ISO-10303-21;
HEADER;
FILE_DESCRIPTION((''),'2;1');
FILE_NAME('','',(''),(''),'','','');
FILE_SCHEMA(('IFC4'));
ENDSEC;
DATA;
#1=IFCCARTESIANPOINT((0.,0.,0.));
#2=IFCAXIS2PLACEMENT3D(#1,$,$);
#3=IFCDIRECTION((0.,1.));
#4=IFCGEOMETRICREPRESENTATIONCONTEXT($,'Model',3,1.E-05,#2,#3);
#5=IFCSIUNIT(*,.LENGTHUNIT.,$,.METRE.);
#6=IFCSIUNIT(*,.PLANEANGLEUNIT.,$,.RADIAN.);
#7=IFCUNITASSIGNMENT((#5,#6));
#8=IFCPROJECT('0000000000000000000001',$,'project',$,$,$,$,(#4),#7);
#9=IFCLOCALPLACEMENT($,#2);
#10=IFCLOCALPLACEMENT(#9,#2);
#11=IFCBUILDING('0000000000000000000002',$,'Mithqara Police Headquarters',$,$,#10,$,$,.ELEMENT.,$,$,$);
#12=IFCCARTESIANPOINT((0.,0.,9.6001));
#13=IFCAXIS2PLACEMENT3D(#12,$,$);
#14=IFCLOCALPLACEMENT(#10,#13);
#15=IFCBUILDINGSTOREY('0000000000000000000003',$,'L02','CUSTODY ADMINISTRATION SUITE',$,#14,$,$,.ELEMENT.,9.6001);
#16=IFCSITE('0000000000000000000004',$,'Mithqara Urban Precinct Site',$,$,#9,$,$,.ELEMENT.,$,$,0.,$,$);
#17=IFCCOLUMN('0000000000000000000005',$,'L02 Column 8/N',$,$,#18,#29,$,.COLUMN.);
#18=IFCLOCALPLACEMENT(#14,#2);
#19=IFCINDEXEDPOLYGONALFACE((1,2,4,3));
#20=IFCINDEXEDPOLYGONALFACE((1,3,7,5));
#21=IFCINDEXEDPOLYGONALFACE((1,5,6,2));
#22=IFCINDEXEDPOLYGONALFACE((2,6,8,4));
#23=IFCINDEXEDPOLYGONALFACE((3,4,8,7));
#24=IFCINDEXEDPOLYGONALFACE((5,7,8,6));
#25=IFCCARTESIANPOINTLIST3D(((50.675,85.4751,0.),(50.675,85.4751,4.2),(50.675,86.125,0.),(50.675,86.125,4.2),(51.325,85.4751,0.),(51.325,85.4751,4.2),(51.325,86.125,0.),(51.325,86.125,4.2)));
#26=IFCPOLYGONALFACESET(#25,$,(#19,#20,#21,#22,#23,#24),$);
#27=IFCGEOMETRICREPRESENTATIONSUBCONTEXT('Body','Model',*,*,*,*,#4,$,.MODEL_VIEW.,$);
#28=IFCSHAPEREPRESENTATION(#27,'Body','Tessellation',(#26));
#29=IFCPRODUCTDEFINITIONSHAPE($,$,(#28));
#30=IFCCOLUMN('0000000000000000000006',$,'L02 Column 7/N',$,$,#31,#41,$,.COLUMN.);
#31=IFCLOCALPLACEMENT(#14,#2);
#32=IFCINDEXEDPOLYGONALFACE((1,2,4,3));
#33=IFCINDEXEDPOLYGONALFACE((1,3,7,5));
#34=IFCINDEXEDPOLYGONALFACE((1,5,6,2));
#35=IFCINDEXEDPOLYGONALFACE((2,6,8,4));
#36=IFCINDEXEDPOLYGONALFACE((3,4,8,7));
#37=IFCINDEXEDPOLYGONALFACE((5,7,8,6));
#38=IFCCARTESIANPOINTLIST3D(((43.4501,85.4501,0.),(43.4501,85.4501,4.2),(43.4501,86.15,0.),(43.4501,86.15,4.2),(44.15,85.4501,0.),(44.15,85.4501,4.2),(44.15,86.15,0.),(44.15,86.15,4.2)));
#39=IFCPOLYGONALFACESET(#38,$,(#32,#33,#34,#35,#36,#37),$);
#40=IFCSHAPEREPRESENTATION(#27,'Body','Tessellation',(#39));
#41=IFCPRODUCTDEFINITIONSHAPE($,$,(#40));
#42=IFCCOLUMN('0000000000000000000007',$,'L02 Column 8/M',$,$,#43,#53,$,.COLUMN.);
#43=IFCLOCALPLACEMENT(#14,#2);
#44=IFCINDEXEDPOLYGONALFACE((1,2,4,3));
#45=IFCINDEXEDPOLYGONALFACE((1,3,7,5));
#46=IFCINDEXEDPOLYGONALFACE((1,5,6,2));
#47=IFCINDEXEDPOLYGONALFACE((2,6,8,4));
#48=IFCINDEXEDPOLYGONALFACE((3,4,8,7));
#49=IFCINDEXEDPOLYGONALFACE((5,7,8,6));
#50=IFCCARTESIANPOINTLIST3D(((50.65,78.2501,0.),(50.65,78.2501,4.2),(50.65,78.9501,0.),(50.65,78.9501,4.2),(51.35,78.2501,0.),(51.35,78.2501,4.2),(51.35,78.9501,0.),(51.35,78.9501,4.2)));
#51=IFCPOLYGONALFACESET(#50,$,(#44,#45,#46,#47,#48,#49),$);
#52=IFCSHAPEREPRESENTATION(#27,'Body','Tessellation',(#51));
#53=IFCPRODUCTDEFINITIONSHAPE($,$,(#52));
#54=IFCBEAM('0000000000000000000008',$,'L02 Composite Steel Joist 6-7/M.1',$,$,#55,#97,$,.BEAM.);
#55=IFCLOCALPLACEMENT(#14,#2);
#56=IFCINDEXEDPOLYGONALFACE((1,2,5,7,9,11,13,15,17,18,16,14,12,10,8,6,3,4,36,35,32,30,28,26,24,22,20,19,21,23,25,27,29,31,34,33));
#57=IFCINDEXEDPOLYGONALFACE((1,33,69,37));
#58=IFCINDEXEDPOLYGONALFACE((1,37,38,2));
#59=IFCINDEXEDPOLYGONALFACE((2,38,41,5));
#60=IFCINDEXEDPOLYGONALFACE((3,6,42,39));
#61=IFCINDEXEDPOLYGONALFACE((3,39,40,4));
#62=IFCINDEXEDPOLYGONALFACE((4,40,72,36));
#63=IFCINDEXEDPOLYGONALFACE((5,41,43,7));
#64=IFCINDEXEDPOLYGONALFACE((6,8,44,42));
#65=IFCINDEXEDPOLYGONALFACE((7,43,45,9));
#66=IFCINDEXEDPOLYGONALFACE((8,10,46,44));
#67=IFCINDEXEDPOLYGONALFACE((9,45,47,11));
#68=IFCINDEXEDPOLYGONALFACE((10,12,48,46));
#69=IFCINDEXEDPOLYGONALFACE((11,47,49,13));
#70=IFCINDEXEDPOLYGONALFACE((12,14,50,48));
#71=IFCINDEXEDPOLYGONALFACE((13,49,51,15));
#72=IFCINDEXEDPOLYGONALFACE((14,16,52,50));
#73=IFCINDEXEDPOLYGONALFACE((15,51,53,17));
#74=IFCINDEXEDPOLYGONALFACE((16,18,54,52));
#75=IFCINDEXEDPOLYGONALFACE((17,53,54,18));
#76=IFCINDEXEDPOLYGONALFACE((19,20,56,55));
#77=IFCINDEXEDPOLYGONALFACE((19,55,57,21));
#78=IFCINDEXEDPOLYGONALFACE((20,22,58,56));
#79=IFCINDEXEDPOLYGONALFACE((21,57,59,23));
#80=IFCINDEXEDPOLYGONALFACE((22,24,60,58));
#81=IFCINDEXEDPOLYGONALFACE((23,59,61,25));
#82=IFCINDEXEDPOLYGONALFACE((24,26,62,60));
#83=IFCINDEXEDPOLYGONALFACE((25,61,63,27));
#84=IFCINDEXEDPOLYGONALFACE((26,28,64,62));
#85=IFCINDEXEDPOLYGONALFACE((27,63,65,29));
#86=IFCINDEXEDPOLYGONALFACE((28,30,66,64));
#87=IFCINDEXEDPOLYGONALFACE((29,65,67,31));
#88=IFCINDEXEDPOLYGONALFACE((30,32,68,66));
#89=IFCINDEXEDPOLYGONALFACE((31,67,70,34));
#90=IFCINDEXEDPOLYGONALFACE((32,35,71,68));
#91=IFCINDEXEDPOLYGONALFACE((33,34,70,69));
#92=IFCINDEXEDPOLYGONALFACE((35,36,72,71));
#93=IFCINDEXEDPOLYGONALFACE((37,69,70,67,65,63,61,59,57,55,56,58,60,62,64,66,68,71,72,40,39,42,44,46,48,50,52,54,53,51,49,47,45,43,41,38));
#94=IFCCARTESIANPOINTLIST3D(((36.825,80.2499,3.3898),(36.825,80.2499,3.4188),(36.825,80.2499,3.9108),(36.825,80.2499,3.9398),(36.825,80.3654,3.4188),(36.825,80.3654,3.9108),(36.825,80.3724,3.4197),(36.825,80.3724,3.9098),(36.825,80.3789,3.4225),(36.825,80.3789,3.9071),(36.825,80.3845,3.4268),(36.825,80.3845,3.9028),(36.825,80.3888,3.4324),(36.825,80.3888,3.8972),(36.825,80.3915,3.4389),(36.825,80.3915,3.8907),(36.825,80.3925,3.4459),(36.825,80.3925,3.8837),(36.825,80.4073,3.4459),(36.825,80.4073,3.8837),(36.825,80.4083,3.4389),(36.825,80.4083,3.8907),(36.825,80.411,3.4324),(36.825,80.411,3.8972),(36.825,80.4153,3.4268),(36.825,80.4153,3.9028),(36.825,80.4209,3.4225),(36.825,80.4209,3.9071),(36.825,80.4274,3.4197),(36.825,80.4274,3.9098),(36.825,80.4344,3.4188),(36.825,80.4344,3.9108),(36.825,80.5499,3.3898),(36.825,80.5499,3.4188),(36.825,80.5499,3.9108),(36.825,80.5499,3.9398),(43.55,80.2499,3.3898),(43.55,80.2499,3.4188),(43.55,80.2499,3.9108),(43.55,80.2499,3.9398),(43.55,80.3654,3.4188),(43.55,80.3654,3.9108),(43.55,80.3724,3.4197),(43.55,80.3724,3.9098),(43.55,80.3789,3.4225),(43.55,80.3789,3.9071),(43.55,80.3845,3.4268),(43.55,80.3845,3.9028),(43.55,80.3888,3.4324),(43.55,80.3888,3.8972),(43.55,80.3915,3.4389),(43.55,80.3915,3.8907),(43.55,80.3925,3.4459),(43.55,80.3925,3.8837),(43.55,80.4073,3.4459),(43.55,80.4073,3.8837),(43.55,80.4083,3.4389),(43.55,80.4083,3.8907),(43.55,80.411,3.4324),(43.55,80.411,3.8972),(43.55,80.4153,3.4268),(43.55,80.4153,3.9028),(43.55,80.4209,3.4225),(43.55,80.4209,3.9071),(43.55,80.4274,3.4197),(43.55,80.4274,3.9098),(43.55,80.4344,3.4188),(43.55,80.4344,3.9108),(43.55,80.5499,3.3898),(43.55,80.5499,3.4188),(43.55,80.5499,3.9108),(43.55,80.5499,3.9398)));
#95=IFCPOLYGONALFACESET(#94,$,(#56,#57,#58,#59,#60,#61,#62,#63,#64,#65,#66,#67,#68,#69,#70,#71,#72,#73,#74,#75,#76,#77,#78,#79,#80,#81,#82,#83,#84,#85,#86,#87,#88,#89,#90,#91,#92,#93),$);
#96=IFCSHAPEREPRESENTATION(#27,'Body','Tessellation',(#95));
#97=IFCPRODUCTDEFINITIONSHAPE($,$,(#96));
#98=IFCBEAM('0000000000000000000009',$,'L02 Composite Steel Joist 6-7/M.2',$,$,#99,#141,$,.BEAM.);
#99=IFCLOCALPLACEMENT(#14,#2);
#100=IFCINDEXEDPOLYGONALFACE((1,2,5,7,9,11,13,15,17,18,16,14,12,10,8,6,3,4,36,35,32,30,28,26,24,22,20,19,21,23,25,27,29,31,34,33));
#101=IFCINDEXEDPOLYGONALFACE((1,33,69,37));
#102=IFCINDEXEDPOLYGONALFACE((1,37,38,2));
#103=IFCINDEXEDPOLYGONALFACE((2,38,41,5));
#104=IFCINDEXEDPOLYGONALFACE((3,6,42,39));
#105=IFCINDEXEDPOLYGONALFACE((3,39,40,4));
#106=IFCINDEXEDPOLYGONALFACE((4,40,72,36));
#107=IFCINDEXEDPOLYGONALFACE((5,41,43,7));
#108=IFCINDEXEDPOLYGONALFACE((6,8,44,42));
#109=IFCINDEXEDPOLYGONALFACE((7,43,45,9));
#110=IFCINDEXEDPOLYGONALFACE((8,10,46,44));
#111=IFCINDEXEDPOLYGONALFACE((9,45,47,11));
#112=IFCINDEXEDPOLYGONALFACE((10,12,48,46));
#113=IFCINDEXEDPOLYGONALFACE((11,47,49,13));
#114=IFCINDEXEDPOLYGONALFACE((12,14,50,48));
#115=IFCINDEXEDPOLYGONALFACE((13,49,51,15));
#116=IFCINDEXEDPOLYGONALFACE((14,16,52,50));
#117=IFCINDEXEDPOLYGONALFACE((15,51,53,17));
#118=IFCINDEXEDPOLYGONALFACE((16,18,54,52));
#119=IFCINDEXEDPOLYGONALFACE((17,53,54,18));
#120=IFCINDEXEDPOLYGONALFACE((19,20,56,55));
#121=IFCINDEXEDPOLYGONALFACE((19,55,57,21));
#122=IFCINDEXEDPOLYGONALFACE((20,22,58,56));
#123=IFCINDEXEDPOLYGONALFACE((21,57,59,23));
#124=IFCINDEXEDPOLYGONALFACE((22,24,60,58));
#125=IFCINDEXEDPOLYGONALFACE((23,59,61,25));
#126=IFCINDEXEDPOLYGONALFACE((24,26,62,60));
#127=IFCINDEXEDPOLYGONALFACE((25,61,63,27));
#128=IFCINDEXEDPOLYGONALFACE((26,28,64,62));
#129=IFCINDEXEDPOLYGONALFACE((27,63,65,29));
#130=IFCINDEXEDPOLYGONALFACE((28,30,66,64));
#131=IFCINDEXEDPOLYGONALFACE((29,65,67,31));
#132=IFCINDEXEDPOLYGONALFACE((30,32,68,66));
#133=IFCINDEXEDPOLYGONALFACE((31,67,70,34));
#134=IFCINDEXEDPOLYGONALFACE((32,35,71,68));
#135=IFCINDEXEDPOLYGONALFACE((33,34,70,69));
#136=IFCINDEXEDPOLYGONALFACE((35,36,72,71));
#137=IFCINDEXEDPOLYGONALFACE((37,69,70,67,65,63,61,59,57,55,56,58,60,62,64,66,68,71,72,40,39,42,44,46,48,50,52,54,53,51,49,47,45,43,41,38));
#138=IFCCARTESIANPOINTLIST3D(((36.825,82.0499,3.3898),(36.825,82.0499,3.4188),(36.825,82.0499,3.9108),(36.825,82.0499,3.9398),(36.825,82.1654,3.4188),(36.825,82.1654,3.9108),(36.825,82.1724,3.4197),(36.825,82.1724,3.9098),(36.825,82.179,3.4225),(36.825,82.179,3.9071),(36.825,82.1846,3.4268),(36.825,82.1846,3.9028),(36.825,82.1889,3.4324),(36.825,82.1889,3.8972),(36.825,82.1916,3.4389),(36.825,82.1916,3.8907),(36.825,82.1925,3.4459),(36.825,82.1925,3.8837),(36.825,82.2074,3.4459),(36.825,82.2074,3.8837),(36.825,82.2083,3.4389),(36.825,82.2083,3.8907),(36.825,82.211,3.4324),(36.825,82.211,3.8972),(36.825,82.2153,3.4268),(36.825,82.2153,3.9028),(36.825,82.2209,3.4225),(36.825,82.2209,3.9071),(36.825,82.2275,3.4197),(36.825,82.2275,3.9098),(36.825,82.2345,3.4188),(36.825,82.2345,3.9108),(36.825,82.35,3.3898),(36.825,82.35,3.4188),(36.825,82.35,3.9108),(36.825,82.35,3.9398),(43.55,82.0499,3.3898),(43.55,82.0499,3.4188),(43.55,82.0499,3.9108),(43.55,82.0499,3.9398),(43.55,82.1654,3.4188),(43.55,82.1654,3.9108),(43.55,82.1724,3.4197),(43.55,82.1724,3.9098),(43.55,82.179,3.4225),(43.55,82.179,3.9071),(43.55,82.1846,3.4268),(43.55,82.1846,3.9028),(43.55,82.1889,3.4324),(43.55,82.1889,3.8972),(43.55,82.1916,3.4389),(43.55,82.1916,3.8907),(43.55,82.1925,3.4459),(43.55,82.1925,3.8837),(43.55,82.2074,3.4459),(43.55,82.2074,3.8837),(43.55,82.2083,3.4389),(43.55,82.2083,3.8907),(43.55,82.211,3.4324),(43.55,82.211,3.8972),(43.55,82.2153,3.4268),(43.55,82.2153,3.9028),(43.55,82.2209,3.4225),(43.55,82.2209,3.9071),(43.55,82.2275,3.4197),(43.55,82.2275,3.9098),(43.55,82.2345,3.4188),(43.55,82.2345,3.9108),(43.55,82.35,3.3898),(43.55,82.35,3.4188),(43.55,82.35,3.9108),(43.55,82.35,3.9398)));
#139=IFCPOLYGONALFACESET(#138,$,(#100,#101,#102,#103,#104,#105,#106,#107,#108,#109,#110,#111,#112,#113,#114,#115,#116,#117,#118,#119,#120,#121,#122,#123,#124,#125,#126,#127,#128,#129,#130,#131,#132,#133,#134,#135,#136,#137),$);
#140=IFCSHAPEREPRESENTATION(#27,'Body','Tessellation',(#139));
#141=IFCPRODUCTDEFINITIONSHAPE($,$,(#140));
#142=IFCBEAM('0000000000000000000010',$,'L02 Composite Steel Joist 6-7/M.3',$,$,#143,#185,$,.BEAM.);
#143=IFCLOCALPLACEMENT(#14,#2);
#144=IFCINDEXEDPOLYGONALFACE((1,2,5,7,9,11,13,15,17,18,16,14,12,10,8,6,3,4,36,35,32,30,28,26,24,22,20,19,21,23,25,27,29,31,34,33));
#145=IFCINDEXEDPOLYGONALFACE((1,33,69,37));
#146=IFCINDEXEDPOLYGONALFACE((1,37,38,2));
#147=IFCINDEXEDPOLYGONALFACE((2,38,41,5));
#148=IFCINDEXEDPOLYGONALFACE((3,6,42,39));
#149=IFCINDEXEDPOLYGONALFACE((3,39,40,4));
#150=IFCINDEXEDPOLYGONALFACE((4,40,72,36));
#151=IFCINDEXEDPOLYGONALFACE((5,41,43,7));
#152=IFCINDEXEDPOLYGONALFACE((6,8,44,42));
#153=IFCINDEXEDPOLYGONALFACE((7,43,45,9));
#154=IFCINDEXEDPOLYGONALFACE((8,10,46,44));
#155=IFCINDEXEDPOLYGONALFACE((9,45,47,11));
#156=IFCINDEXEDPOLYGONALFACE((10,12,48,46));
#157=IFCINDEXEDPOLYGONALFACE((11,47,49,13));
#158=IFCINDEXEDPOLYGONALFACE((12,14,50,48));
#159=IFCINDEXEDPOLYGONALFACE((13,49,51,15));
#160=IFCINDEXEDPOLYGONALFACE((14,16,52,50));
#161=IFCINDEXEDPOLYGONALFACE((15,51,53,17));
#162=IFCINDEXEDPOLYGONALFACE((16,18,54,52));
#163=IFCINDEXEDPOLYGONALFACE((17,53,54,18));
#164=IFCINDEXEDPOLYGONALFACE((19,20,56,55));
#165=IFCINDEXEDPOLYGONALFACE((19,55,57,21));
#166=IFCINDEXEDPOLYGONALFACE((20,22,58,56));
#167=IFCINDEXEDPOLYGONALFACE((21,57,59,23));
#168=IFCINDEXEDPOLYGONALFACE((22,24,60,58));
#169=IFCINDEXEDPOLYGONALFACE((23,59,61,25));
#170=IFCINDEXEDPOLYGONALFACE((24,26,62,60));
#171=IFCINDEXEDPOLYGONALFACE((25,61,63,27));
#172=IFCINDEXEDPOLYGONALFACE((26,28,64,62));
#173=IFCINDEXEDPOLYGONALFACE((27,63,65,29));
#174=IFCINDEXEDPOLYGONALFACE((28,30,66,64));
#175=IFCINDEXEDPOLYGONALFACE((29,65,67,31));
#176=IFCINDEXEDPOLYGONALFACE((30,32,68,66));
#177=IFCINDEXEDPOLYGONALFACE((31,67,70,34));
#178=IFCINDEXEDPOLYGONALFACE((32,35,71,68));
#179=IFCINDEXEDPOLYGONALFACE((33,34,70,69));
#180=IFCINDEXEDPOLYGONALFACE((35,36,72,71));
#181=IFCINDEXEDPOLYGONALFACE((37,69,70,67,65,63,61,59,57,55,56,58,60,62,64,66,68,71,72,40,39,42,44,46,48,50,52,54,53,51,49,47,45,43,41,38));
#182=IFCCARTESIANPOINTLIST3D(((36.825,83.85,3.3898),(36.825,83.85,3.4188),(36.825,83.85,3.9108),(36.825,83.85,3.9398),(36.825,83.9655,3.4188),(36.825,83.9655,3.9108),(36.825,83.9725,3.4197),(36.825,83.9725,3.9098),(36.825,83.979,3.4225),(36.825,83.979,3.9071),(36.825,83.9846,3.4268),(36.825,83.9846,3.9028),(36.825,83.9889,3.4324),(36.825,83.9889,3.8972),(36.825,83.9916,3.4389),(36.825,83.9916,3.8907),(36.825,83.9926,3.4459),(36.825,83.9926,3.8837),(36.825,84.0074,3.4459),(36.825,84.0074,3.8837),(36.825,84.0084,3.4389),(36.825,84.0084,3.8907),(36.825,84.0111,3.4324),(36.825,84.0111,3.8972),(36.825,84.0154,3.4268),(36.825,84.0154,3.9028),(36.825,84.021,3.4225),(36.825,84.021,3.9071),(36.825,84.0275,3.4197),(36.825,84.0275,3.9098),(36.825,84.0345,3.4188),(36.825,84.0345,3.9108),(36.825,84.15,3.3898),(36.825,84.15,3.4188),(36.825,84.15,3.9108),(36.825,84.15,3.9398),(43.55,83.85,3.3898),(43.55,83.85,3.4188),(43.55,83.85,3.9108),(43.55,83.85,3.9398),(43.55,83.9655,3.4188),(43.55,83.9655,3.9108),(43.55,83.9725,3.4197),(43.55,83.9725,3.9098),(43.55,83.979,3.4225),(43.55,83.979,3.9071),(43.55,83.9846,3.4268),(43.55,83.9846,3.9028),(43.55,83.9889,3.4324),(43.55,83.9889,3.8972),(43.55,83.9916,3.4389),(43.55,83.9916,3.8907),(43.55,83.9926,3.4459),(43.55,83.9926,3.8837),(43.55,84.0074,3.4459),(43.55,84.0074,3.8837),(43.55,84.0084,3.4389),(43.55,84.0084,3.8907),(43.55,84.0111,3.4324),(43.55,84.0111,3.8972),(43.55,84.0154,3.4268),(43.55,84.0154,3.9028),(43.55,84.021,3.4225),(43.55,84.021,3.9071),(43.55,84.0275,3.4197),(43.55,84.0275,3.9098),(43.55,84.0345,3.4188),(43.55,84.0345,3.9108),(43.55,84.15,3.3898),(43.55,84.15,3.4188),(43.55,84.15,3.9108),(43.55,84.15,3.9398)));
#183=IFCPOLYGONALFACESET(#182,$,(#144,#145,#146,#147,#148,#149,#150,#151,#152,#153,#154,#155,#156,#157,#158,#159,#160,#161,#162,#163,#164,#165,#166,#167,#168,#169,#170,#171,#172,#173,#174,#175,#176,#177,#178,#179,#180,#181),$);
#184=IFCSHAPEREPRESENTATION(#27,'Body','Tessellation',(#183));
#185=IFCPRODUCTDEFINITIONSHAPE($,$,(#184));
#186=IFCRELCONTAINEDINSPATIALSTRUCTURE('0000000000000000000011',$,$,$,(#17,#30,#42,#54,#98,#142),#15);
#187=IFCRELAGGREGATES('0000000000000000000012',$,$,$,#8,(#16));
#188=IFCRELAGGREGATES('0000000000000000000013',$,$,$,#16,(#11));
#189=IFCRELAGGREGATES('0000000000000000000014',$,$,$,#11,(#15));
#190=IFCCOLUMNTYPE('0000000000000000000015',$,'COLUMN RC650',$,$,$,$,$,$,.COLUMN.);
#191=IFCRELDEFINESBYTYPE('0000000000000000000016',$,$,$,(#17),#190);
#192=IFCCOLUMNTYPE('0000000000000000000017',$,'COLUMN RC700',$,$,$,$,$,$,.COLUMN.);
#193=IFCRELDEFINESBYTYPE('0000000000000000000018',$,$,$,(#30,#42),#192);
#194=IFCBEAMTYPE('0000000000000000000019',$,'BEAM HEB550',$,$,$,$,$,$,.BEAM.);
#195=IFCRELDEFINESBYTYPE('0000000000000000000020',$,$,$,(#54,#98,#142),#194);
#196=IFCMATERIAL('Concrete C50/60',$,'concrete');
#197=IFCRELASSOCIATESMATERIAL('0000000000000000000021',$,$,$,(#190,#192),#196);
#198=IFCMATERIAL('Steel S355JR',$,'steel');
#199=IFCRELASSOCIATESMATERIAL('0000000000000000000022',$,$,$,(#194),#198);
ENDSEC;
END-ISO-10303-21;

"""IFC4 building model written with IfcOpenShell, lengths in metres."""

from ifc_helpers import new_model, si_unit, direction, frame, origin, origin_2d, place, context, subcontext, project, spatial, rectangle, i_section, extrude, material, material_profile, profile_set, type_object, element, save


model = new_model("IFC4")

# Units and contexts
model_context = context("Model", 3, precision=1e-05, world=origin(), true_north=direction((0.0, 1.0)))
body_context = subcontext(model_context, "Body", "Model", "MODEL_VIEW")
ifc_project = project(units=[si_unit("LENGTHUNIT", "METRE"), si_unit("PLANEANGLEUNIT", "RADIAN")], contexts=[model_context])

# Site, building, storey
site_placement = place(None, origin())
site = spatial("IfcSite", under=ifc_project, at=site_placement, Name="Mithqara Urban Precinct Site", CompositionType="ELEMENT", RefElevation=0.0)
building_placement = place(site_placement, origin())
building = spatial("IfcBuilding", under=site, at=building_placement, Name="Mithqara Police Headquarters", CompositionType="ELEMENT")
storey_placement = place(building_placement, frame((0.0, 0.0, 9.6001)))
storey = spatial("IfcBuildingStorey", under=building, at=storey_placement, Name="L02", Description="CUSTODY ADMINISTRATION SUITE", CompositionType="ELEMENT", Elevation=9.6001)

# Columns
ifc_material_1 = material(Name="Concrete C50/60", Category="concrete")
ifc_material_profile_1 = material_profile(ifc_material_1, rectangle(XDim=0.6499, YDim=0.6499, at=origin_2d()), Name="RC 650x650")
ifc_profile_set_1 = profile_set([ifc_material_profile_1], Name="Concrete C50/60")
column_type_1 = type_object("IfcColumnType", Name="COLUMN RC650", PredefinedType="COLUMN", material=ifc_profile_set_1)
column_placement = place(storey_placement, frame((51.0, 85.8, 0.0), z_axis=(0.0, 0.0, 1.0), x_axis=(1.0, 0.0, 0.0)))
element("IfcColumn", 1, at=column_placement, inside=storey, type_object=column_type_1, Name="L02 Column 8/N", PredefinedType="COLUMN", context=body_context, shape_type="SweptSolid", body=[
    extrude(rectangle(XDim=0.6499, YDim=0.6499, at=origin_2d()), origin(), (0.0, 0.0, 1.0), 4.2),
])
ifc_material_profile_2 = material_profile(ifc_material_1, rectangle(XDim=0.7, YDim=0.7, at=origin_2d()), Name="RC 700x700")
ifc_profile_set_2 = profile_set([ifc_material_profile_2], Name="Concrete C50/60")
column_type_2 = type_object("IfcColumnType", Name="COLUMN RC700", PredefinedType="COLUMN", material=ifc_profile_set_2)
for number, where, z_axis, x_axis, name in (
    (2, (43.8, 85.8, 0.0), (0.0, 0.0, 1.0), (1.0, 0.0, 0.0), "L02 Column 7/N"),
    (3, (51.0, 78.6001, 0.0), (0.0, 0.0, 1.0), (1.0, 0.0, 0.0), "L02 Column 8/M"),
):
    element("IfcColumn", number, at=place(storey_placement, frame(where, z_axis=z_axis, x_axis=x_axis)), inside=storey, type_object=column_type_2, Name=name, PredefinedType="COLUMN", context=body_context, shape_type="SweptSolid", body=[
        extrude(rectangle(XDim=0.7, YDim=0.7, at=origin_2d()), origin(), (0.0, 0.0, 1.0), 4.2),
    ])

# Beams
ifc_material_2 = material(Name="Steel S355JR", Category="steel")
ifc_material_profile_3 = material_profile(ifc_material_2, i_section(OverallWidth=0.3, OverallDepth=0.55, WebThickness=0.0149, FlangeThickness=0.0291, FilletRadius=0.0271, at=origin_2d()), Name="HEB 550")
ifc_profile_set_3 = profile_set([ifc_material_profile_3], Name="Steel S355JR")
beam_type_1 = type_object("IfcBeamType", Name="BEAM HEB550", PredefinedType="BEAM", material=ifc_profile_set_3)
for number, where, z_axis, x_axis, name in (
    (4, (36.825, 80.3999, 3.6648), (1.0, 0.0, 0.0), (0.0, 1.0, 0.0), "L02 Composite Steel Joist 6-7/M.1"),
    (5, (36.825, 82.2, 3.6648), (1.0, 0.0, 0.0), (0.0, 1.0, 0.0), "L02 Composite Steel Joist 6-7/M.2"),
    (6, (36.825, 84.0, 3.6648), (1.0, 0.0, 0.0), (0.0, 1.0, 0.0), "L02 Composite Steel Joist 6-7/M.3"),
):
    element("IfcBeam", number, at=place(storey_placement, frame(where, z_axis=z_axis, x_axis=x_axis)), inside=storey, type_object=beam_type_1, Name=name, PredefinedType="BEAM", context=body_context, shape_type="SweptSolid", body=[
        extrude(i_section(OverallWidth=0.3, OverallDepth=0.55, WebThickness=0.0149, FlangeThickness=0.0291, FilletRadius=0.0271, at=origin_2d()), origin(), (0.0, 0.0, 1.0), 6.7251),
    ])

save(model, "model.ifc")
